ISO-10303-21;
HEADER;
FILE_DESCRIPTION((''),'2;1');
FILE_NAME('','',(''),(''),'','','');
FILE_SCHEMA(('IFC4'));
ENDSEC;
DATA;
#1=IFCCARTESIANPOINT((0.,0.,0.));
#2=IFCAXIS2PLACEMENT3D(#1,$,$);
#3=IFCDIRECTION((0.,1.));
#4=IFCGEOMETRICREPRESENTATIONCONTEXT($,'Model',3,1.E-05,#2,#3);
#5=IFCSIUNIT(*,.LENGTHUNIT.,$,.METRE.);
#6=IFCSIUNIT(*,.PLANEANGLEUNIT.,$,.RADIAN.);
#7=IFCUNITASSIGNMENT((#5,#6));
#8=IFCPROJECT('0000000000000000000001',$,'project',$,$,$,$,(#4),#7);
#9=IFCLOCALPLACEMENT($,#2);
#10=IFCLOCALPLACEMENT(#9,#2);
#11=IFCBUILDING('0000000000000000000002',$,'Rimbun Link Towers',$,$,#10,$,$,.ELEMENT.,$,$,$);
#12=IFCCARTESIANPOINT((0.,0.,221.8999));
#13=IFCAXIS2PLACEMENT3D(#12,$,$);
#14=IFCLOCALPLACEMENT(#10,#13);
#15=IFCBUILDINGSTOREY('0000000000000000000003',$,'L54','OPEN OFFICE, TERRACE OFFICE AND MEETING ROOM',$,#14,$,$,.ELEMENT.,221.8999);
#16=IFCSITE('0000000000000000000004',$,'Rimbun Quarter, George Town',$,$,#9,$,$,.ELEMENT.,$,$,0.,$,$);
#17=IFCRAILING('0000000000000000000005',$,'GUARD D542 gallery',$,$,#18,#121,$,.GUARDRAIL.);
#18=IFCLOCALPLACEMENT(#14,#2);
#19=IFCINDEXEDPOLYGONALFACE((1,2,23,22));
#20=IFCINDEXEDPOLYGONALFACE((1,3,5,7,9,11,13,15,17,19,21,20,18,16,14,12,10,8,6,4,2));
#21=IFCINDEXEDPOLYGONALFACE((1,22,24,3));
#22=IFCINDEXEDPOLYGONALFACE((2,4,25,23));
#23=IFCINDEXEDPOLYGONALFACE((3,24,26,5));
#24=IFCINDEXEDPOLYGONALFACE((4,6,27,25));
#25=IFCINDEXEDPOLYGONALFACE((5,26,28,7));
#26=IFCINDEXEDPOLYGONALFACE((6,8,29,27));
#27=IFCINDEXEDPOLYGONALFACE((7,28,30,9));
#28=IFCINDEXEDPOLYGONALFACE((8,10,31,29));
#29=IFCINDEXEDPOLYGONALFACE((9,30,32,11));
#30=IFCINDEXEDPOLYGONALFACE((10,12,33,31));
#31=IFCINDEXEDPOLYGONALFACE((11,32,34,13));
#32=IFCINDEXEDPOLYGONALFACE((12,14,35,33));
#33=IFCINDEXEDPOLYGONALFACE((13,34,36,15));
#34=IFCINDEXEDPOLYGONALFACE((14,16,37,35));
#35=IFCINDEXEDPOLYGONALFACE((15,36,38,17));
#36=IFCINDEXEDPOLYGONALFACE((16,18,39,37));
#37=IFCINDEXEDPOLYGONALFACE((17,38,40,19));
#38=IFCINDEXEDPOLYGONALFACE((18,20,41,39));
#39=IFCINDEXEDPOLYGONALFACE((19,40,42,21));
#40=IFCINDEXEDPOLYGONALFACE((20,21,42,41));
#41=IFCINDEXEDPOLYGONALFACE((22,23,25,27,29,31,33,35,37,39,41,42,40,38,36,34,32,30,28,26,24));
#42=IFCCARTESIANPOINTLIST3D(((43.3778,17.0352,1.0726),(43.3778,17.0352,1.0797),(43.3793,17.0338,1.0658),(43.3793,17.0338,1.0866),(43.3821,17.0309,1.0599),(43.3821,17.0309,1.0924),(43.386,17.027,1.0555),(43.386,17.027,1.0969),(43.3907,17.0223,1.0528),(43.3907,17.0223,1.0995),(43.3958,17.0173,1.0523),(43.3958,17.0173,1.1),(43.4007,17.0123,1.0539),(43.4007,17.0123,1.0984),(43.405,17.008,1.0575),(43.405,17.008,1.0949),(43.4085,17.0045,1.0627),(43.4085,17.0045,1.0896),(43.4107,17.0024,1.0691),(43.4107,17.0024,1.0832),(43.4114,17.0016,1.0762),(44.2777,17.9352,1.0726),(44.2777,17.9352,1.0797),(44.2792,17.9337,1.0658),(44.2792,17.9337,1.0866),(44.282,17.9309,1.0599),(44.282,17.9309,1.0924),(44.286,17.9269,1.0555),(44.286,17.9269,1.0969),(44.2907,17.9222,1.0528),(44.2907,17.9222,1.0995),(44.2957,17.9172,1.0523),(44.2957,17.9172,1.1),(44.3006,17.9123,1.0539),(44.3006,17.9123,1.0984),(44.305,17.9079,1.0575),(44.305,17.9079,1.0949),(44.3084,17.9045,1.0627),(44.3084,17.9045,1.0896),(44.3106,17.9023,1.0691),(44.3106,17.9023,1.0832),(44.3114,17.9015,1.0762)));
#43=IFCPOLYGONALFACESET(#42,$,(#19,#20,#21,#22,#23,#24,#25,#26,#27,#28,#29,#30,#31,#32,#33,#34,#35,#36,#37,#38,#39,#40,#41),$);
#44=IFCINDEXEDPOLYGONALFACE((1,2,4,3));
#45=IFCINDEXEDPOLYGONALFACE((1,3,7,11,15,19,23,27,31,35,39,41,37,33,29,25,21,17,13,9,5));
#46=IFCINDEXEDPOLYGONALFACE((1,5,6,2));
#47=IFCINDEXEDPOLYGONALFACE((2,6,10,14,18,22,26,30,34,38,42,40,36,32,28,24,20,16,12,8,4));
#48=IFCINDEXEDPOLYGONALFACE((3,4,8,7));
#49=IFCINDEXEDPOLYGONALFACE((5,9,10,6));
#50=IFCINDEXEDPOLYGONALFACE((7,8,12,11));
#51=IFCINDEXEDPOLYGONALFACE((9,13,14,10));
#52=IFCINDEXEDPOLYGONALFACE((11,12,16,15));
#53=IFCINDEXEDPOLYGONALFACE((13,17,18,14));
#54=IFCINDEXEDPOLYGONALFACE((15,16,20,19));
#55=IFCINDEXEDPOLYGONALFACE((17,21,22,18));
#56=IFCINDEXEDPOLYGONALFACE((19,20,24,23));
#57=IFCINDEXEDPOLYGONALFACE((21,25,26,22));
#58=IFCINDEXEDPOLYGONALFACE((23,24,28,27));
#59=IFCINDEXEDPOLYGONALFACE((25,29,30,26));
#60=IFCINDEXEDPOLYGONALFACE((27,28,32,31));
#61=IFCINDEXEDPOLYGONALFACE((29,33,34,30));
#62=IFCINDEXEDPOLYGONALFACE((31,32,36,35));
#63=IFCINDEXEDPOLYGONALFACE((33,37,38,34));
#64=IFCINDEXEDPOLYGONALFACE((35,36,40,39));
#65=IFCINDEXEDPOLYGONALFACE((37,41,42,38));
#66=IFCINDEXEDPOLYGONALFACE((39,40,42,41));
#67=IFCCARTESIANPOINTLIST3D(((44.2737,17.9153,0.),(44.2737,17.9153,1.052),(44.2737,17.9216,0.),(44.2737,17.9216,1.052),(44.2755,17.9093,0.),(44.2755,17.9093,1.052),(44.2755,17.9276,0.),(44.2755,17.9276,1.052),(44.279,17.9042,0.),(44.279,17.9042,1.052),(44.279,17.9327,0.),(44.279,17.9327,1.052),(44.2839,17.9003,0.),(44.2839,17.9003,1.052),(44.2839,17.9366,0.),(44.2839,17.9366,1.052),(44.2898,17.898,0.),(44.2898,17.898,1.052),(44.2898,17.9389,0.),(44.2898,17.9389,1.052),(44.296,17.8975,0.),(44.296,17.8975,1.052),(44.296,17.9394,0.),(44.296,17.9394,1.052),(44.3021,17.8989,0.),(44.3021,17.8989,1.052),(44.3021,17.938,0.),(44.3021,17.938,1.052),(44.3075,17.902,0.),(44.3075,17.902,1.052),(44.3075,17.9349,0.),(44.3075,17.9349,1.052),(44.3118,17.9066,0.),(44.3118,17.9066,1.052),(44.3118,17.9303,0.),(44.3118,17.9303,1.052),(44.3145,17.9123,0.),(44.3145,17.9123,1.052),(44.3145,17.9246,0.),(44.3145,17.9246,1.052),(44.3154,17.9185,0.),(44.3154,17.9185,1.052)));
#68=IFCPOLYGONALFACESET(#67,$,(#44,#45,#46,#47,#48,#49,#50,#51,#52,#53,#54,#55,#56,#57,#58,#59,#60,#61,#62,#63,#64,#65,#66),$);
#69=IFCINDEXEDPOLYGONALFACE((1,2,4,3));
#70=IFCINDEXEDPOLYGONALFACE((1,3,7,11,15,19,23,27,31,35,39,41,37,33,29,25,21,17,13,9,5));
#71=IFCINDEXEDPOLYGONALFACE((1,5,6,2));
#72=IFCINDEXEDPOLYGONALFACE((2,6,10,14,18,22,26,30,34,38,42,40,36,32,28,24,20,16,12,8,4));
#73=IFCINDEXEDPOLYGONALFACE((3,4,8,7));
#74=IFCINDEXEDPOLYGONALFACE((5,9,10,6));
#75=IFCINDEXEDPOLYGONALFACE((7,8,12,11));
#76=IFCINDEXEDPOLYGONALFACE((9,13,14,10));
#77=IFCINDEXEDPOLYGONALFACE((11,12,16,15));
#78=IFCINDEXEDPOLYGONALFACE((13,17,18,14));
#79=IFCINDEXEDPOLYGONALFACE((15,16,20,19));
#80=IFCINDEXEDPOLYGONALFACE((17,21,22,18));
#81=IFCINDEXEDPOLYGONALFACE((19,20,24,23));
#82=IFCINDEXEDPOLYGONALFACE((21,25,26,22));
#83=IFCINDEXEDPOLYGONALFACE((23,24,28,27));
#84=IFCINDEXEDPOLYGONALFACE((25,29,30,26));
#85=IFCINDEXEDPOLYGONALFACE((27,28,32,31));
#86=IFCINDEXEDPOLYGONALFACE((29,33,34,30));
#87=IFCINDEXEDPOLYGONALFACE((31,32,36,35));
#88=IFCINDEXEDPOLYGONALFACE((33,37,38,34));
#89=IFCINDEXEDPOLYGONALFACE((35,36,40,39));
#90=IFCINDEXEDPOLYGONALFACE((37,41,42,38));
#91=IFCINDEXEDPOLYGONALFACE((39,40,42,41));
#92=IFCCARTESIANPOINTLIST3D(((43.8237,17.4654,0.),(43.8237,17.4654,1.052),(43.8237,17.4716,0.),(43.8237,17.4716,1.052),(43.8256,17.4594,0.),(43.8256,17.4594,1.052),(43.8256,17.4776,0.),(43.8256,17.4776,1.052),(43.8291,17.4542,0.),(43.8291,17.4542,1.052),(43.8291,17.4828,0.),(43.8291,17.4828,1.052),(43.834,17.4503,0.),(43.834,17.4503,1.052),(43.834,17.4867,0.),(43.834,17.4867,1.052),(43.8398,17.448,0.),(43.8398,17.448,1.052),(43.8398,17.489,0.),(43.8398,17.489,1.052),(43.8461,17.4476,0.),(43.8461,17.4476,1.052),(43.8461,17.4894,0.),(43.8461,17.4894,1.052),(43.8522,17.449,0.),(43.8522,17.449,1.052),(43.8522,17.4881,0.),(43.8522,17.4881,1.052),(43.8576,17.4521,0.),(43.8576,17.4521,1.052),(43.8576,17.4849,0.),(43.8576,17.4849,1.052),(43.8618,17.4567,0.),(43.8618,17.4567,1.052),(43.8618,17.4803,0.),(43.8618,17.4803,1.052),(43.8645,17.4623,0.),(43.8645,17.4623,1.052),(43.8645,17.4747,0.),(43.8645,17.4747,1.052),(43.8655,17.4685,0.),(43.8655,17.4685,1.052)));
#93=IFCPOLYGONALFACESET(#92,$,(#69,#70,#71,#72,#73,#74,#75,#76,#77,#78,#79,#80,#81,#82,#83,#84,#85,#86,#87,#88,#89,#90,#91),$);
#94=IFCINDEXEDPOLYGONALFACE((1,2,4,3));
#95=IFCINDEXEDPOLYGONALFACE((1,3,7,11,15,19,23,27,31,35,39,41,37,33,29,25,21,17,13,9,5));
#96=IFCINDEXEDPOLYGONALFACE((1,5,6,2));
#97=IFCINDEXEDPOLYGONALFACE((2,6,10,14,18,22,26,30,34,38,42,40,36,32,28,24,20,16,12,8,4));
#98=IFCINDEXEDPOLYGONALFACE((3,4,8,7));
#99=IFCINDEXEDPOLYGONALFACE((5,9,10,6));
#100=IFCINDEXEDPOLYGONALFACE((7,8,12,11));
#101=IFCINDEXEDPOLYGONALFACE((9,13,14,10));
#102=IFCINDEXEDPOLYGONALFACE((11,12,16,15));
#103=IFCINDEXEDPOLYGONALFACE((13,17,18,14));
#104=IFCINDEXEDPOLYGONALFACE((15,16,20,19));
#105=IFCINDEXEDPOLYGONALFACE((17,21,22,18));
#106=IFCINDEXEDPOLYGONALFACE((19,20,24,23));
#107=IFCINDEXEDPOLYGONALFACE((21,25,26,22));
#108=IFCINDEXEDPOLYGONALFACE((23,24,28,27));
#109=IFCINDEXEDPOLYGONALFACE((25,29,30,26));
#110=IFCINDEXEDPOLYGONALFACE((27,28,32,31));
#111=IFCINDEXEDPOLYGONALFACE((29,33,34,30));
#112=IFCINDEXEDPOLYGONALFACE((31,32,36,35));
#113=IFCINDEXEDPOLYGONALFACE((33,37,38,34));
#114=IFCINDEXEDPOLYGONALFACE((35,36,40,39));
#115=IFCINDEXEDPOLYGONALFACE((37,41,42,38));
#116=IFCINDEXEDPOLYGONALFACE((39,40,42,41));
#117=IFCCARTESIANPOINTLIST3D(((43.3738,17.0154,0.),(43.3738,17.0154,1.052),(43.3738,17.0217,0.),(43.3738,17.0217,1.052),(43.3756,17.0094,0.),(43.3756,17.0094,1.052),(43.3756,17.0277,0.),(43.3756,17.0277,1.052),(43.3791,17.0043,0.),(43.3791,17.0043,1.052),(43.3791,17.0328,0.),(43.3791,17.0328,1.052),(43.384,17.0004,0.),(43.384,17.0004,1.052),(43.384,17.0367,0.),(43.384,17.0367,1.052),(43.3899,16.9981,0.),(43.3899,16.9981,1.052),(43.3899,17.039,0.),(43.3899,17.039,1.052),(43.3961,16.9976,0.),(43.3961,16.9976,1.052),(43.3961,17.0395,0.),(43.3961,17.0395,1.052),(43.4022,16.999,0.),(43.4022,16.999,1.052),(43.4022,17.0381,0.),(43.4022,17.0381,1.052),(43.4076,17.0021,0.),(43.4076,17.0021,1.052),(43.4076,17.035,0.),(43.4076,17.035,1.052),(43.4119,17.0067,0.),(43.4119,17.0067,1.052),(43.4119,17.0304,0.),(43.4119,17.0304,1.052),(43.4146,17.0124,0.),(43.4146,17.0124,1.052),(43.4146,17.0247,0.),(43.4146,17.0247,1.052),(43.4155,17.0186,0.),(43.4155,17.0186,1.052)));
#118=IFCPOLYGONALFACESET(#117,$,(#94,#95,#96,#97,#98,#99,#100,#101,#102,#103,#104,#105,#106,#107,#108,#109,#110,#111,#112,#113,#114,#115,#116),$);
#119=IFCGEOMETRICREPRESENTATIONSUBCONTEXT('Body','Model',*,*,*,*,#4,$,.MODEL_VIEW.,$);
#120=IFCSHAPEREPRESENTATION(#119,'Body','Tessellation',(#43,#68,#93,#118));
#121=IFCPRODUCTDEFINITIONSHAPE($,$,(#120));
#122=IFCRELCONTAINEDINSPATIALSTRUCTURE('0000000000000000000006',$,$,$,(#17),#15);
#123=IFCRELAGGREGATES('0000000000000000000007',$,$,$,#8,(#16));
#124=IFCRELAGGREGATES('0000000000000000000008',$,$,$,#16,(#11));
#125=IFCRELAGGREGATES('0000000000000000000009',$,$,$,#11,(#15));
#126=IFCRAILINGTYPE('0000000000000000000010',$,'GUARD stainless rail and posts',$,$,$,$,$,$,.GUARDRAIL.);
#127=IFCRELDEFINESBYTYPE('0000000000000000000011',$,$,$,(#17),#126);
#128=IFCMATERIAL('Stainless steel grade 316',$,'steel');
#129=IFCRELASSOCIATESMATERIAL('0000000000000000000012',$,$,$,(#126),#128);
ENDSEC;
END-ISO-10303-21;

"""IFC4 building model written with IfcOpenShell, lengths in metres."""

from ifc_helpers import new_model, si_unit, direction, frame, origin, origin_2d, place, context, subcontext, project, spatial, circle, extrude, material, type_object, element, save


model = new_model("IFC4")

# Units and contexts
model_context = context("Model", 3, precision=1e-05, world=origin(), true_north=direction((0.0, 1.0)))
body_context = subcontext(model_context, "Body", "Model", "MODEL_VIEW")
ifc_project = project(units=[si_unit("LENGTHUNIT", "METRE"), si_unit("PLANEANGLEUNIT", "RADIAN")], contexts=[model_context])

# Site, building, storey
site_placement = place(None, origin())
site = spatial("IfcSite", under=ifc_project, at=site_placement, Name="Rimbun Quarter, George Town", CompositionType="ELEMENT", RefElevation=0.0)
building_placement = place(site_placement, origin())
building = spatial("IfcBuilding", under=site, at=building_placement, Name="Rimbun Link Towers", CompositionType="ELEMENT")
storey_placement = place(building_placement, frame((0.0, 0.0, 221.8999)))
storey = spatial("IfcBuildingStorey", under=building, at=storey_placement, Name="L54", Description="OPEN OFFICE, TERRACE OFFICE AND MEETING ROOM", CompositionType="ELEMENT", Elevation=221.8999)

# Railing
ifc_material_1 = material(Name="Stainless steel grade 316", Category="steel")
railing_type = type_object("IfcRailingType", Name="GUARD stainless rail and posts", PredefinedType="GUARDRAIL", material=ifc_material_1)
railing_1_placement = place(storey_placement, frame((44.2944, 17.9185, 0.0)))
element("IfcRailing", 1, at=railing_1_placement, inside=storey, type_object=railing_type, Name="GUARD D542 gallery", PredefinedType="GUARDRAIL", context=body_context, shape_type="SweptSolid", body=[
    extrude(circle(Radius=0.0239, at=origin_2d()), frame((0.0, 0.0, 1.0762), z_axis=(-0.707107, -0.707107, 0.0), x_axis=(0.707107, -0.707107, 0.0)), (0.0, 0.0, 1.0), 1.2727),
    extrude(circle(Radius=0.021, at=origin_2d()), origin(), (0.0, 0.0, 1.0), 1.052),
    extrude(circle(Radius=0.021, at=origin_2d()), frame((-0.45, -0.45, 0.0)), (0.0, 0.0, 1.0), 1.052),
    extrude(circle(Radius=0.021, at=origin_2d()), frame((-0.8999, -0.8999, 0.0)), (0.0, 0.0, 1.0), 1.052),
])

save(model, "model.ifc")
